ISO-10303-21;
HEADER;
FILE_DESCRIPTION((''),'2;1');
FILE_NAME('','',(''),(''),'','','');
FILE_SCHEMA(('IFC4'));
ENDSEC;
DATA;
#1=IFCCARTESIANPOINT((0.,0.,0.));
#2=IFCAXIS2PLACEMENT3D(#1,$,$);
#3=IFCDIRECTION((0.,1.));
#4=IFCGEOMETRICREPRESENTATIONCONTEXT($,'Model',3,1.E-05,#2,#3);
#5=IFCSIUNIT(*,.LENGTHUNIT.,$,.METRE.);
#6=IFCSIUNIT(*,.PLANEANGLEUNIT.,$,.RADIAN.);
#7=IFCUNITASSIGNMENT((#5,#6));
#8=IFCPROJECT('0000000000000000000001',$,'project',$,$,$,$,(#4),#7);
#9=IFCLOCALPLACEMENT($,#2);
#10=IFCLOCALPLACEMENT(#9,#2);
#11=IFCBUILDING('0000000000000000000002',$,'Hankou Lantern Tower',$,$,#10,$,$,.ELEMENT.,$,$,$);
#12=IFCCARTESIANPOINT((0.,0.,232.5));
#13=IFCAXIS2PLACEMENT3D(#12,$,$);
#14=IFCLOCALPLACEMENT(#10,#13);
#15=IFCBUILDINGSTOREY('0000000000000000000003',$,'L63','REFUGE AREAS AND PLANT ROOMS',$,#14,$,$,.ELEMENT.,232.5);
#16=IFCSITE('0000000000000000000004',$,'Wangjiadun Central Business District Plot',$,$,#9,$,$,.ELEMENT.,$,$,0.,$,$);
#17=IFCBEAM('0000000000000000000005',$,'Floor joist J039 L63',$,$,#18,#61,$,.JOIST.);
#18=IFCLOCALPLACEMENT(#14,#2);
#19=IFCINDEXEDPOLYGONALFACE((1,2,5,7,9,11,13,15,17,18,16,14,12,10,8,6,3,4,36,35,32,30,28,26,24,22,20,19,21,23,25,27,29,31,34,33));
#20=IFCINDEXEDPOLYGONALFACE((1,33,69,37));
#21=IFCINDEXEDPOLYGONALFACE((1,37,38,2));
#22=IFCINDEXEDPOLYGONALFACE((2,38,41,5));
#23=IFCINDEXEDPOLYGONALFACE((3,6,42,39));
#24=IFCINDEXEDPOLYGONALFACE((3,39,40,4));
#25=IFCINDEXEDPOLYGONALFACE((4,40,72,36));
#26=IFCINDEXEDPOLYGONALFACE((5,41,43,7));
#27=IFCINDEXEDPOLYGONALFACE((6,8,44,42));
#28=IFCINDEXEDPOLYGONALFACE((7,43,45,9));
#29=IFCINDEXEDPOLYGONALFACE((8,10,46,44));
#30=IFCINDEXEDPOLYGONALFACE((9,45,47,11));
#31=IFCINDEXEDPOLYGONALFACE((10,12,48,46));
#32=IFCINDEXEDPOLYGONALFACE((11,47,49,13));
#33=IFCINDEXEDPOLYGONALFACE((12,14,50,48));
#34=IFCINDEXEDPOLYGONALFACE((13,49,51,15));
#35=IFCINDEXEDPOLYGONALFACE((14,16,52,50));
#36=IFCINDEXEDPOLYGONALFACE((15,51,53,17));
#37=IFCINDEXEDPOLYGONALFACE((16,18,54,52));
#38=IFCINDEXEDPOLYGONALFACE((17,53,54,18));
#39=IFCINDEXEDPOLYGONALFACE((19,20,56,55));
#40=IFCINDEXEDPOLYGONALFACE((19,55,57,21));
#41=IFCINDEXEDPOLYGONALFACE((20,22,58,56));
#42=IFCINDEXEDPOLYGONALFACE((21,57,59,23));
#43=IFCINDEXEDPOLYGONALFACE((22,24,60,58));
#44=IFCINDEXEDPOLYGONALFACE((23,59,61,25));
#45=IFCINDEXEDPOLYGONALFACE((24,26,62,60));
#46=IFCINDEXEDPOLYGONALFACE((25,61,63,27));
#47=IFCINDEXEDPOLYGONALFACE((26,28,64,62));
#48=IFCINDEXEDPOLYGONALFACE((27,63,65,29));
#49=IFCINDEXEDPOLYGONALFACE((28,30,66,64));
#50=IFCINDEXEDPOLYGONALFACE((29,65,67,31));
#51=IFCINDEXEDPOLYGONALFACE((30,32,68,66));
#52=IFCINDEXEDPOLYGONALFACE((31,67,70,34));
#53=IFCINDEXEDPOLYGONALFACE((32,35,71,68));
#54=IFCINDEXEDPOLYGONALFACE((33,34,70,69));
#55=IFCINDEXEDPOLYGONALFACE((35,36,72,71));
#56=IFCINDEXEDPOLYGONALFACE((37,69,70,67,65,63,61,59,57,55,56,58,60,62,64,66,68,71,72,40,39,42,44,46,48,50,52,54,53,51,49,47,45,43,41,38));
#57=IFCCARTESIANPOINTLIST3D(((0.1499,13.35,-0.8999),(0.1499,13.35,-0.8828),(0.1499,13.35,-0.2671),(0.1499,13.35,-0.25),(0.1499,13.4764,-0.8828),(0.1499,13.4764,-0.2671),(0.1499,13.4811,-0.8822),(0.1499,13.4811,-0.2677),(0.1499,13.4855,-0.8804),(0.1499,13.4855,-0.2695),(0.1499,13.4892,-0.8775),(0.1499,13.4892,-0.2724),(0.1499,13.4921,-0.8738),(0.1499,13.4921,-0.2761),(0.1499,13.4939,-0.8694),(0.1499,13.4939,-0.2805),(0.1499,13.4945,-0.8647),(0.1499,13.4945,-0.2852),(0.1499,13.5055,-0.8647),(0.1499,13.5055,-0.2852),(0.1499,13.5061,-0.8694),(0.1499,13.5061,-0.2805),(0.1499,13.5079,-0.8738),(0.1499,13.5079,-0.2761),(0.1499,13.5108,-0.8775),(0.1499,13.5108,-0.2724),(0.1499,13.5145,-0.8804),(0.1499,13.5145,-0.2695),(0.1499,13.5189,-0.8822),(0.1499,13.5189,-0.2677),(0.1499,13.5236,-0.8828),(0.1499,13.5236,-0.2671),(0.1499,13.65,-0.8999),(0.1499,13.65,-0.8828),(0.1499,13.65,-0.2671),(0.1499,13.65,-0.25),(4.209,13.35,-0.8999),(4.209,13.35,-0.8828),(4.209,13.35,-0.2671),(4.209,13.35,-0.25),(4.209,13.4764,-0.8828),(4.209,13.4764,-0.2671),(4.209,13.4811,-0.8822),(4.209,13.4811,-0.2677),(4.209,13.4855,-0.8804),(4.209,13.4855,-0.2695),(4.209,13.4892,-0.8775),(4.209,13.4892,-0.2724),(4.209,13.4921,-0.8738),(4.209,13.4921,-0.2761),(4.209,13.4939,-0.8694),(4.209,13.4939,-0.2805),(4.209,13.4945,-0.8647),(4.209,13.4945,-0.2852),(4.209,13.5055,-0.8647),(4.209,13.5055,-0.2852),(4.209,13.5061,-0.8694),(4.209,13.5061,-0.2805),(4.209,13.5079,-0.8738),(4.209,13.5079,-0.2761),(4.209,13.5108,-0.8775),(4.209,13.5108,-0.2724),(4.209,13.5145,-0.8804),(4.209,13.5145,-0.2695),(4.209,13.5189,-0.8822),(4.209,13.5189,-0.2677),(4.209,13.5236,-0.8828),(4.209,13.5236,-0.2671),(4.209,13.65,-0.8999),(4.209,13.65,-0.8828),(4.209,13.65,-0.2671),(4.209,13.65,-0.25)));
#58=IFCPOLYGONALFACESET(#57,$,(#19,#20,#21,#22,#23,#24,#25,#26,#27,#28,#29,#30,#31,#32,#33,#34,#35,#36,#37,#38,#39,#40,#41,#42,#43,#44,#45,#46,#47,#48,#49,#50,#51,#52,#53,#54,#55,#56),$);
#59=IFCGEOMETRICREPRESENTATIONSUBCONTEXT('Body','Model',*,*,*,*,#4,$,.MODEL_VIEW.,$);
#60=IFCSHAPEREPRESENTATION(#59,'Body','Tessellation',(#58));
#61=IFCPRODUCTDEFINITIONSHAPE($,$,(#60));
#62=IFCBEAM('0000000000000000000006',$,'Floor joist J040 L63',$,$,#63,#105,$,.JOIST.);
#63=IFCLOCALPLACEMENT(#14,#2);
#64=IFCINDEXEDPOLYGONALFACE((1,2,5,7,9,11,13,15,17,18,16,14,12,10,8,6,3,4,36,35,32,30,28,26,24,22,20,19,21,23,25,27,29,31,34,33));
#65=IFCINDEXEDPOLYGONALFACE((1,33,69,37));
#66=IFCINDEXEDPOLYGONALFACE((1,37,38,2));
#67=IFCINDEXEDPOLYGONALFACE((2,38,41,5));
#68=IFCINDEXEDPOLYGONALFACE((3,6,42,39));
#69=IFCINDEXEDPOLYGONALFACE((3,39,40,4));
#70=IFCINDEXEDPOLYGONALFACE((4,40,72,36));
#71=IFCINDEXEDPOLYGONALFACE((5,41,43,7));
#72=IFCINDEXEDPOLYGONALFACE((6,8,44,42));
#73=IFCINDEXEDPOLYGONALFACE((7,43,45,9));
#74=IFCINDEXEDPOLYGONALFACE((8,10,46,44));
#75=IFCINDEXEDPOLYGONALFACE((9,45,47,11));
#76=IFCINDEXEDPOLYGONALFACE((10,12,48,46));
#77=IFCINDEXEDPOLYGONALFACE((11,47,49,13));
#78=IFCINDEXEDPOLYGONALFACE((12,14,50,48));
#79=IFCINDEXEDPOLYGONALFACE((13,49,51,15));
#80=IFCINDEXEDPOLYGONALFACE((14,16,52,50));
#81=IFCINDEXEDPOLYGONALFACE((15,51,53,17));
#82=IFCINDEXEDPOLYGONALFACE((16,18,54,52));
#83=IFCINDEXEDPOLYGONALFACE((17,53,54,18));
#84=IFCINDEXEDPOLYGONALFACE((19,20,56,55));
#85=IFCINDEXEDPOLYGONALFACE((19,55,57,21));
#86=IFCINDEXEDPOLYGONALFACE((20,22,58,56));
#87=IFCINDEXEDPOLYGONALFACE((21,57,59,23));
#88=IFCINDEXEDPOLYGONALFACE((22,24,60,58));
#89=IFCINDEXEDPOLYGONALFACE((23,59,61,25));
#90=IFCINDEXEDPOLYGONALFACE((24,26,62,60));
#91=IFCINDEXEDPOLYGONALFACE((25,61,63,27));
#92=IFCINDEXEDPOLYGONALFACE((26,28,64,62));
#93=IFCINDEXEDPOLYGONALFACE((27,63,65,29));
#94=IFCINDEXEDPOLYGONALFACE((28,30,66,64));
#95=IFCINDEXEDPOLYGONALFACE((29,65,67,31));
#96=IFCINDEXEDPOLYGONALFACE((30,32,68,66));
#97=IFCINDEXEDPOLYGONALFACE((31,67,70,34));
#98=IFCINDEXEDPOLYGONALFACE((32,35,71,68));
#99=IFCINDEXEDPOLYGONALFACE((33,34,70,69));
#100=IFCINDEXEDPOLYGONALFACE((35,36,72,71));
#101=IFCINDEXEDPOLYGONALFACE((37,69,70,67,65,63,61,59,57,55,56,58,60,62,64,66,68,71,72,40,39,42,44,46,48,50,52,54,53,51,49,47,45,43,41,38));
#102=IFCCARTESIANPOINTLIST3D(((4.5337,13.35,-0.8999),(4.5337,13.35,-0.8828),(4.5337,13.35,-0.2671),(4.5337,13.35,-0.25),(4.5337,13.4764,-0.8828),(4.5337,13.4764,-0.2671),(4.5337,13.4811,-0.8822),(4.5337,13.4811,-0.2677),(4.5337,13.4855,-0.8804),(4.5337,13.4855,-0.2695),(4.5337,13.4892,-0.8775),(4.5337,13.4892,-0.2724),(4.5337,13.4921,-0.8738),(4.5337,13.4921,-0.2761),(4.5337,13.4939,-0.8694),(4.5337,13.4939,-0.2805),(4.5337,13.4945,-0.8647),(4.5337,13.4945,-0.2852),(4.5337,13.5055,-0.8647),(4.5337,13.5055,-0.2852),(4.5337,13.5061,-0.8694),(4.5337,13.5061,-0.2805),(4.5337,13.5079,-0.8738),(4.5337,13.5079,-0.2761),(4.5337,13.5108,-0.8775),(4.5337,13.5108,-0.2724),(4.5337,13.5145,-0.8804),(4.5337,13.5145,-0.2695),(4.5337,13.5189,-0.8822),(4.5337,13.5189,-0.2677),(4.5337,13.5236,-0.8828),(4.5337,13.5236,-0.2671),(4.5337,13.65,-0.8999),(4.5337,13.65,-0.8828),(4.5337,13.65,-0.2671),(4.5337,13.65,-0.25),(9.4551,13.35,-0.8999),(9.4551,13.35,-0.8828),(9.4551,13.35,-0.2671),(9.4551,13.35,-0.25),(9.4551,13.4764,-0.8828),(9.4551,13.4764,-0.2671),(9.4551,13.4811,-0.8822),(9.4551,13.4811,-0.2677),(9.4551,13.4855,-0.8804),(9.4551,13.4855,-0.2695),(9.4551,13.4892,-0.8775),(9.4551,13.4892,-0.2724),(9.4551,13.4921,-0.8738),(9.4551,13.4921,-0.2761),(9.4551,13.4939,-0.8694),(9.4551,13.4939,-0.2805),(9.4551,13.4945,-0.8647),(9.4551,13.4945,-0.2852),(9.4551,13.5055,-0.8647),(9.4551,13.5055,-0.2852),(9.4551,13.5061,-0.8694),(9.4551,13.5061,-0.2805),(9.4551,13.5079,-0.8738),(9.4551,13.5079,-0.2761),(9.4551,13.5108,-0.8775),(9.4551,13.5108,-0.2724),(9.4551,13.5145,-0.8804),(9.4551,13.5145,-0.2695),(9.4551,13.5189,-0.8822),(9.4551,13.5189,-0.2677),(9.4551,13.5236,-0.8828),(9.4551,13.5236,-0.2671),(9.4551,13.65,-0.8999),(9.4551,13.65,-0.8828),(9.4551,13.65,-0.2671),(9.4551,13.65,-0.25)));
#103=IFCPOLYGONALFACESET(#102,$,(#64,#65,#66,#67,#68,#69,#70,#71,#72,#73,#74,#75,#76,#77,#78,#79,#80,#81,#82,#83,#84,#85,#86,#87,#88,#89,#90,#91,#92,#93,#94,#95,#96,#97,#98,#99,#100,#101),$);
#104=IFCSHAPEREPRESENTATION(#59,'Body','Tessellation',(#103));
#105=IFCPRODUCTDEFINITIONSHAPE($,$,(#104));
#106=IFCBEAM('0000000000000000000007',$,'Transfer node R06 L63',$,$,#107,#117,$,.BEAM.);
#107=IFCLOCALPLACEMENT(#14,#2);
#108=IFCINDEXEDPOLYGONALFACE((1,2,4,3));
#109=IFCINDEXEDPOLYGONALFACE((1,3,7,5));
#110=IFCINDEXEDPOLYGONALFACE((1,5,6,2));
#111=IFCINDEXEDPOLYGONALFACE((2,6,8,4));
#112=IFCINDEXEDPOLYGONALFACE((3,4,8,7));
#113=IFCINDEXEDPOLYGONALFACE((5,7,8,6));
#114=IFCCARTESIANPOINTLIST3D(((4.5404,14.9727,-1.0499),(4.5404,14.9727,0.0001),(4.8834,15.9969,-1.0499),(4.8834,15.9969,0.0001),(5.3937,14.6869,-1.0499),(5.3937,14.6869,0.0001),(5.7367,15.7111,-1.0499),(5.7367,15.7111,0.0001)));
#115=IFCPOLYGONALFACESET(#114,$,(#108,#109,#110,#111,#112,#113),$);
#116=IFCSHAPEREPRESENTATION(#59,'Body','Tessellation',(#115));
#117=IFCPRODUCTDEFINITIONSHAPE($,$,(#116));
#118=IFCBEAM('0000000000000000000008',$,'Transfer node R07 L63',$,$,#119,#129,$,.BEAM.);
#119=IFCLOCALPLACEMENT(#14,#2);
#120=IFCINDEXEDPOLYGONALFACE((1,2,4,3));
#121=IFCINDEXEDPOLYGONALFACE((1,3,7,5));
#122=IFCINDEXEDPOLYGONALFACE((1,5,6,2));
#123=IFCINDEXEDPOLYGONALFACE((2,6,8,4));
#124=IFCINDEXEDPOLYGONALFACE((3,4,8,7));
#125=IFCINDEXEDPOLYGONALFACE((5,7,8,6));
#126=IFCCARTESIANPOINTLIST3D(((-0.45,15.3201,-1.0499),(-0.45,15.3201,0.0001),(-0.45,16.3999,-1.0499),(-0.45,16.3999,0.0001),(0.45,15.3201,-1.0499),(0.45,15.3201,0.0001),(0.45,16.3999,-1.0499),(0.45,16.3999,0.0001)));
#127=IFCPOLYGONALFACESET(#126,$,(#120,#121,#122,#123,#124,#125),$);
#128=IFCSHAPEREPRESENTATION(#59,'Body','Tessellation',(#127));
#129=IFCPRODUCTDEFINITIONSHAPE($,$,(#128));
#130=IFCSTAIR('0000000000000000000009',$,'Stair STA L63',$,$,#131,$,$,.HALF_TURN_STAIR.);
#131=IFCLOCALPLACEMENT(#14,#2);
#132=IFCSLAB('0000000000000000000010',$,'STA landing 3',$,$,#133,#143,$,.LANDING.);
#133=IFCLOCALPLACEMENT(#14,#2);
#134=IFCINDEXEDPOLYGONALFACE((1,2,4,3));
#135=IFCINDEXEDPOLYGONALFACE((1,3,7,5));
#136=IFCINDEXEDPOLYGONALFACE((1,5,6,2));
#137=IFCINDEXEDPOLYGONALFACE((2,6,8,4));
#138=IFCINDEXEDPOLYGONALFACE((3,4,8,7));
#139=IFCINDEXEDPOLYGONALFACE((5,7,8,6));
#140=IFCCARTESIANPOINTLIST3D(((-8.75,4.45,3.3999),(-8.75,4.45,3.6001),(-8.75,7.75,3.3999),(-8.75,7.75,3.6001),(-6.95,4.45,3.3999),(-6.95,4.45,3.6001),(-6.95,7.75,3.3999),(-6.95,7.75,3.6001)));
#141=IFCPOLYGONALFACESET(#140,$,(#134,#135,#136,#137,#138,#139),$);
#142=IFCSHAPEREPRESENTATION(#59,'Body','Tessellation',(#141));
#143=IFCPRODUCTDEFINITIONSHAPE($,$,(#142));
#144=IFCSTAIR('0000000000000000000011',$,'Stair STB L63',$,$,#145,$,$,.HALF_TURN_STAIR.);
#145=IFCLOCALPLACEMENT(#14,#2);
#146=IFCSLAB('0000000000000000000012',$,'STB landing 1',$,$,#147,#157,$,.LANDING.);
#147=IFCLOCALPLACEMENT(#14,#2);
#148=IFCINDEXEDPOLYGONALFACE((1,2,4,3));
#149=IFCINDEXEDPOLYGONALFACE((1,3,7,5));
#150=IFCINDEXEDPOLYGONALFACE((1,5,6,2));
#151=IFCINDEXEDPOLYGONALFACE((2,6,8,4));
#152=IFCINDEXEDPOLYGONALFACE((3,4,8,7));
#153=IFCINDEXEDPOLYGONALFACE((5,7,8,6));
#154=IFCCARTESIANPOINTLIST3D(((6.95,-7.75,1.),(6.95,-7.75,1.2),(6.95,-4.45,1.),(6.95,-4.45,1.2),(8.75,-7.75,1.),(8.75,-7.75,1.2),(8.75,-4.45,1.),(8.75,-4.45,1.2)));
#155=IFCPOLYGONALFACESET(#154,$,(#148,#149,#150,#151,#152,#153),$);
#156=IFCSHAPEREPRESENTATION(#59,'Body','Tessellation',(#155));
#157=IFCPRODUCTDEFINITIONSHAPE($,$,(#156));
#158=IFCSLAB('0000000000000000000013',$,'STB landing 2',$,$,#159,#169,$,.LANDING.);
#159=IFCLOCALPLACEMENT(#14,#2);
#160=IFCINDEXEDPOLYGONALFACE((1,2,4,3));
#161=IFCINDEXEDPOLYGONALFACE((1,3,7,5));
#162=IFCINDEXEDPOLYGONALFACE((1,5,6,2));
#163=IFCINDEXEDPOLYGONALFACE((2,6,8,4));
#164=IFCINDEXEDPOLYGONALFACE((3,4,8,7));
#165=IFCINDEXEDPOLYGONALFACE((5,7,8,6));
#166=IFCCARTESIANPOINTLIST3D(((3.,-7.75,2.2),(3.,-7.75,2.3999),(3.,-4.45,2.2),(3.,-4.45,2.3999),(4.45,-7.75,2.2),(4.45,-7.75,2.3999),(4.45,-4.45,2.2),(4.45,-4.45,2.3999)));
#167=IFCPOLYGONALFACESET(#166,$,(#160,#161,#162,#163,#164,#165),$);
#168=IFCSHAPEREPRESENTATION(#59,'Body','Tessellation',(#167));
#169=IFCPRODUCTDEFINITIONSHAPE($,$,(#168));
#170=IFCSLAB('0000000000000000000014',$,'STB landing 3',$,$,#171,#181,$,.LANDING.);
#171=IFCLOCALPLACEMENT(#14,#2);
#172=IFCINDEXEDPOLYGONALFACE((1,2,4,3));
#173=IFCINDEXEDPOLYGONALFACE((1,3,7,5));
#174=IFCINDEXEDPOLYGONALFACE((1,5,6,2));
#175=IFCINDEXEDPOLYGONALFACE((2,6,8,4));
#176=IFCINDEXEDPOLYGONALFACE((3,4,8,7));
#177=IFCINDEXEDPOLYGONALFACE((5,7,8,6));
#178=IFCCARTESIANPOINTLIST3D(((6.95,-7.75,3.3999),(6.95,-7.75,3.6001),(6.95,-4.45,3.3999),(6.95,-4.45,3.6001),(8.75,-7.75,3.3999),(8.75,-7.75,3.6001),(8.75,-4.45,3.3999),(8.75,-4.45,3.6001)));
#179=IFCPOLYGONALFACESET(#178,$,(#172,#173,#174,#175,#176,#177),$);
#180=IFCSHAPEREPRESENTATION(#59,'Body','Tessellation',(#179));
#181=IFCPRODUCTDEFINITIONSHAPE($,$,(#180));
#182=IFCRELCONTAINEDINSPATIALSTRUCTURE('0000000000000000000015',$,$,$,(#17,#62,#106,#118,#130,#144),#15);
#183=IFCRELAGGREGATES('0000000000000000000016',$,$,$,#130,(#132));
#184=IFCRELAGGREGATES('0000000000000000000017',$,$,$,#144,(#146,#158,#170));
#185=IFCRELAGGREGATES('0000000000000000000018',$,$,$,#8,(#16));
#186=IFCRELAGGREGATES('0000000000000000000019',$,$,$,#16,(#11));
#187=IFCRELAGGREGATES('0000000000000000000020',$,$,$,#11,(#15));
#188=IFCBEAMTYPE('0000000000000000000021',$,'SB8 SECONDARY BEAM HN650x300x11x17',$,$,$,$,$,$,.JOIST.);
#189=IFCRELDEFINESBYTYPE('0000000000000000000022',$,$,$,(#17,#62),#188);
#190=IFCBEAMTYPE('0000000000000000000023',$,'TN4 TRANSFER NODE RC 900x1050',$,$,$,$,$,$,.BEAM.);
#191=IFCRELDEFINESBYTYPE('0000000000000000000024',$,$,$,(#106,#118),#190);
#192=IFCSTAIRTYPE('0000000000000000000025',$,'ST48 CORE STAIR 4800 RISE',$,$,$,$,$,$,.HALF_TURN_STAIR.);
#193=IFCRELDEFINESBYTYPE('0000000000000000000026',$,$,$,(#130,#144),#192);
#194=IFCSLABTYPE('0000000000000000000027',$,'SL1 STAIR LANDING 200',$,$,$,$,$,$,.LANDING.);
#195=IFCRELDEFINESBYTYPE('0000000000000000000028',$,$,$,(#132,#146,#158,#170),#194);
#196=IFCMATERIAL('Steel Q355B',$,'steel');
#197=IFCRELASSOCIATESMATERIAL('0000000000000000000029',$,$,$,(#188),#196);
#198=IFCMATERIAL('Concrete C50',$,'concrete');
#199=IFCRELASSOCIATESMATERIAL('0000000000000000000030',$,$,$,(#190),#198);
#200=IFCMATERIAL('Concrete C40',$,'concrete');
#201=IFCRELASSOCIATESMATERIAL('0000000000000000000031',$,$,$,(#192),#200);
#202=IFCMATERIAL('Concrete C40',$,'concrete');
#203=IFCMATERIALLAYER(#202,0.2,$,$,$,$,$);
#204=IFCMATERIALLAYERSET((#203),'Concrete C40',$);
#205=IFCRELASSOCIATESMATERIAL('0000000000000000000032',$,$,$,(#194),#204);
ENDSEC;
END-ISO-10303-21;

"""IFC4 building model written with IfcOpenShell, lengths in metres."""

from ifc_helpers import new_model, si_unit, direction, frame, origin, origin_2d, place, context, subcontext, project, spatial, polyline, rectangle, i_section, outline, extrude, material, layer, layer_set, material_profile, profile_set, type_object, element, aggregate, save


model = new_model("IFC4")

# Units and contexts
model_context = context("Model", 3, precision=1e-05, world=origin(), true_north=direction((0.0, 1.0)))
body_context = subcontext(model_context, "Body", "Model", "MODEL_VIEW")
ifc_project = project(units=[si_unit("LENGTHUNIT", "METRE"), si_unit("PLANEANGLEUNIT", "RADIAN")], contexts=[model_context])

# Site, building, storey
site_placement = place(None, origin())
site = spatial("IfcSite", under=ifc_project, at=site_placement, Name="Wangjiadun Central Business District Plot", CompositionType="ELEMENT", RefElevation=0.0)
building_placement = place(site_placement, origin())
building = spatial("IfcBuilding", under=site, at=building_placement, Name="Hankou Lantern Tower", CompositionType="ELEMENT")
storey_placement = place(building_placement, frame((0.0, 0.0, 232.5)))
storey = spatial("IfcBuildingStorey", under=building, at=storey_placement, Name="L63", Description="REFUGE AREAS AND PLANT ROOMS", CompositionType="ELEMENT", Elevation=232.5)

# Beams
ifc_material_1 = material(Name="Steel Q355B", Category="steel")
ifc_material_profile_1 = material_profile(ifc_material_1, i_section(OverallWidth=0.3, OverallDepth=0.6499, WebThickness=0.011, FlangeThickness=0.0171, FilletRadius=0.0181, at=origin_2d()), Name="HN650x300x11x17")
ifc_profile_set_1 = profile_set([ifc_material_profile_1], Name="Steel Q355B")
beam_type_1 = type_object("IfcBeamType", Name="SB8 SECONDARY BEAM HN650x300x11x17", PredefinedType="JOIST", material=ifc_profile_set_1)
beam_1_placement = place(storey_placement, frame((0.1499, 13.5, -0.575), z_axis=(1.0, 0.0, 0.0), x_axis=(0.0, 1.0, 0.0)))
element("IfcBeam", 1, at=beam_1_placement, inside=storey, type_object=beam_type_1, Name="Floor joist J039 L63", PredefinedType="JOIST", context=body_context, shape_type="SweptSolid", body=[
    extrude(i_section(OverallWidth=0.3, OverallDepth=0.6499, WebThickness=0.011, FlangeThickness=0.0171, FilletRadius=0.0181, at=origin_2d()), origin(), (0.0, 0.0, 1.0), 4.0591),
])
beam_2_placement = place(storey_placement, frame((4.5337, 13.5, -0.575), z_axis=(1.0, 0.0, 0.0), x_axis=(0.0, 1.0, 0.0)))
element("IfcBeam", 2, at=beam_2_placement, inside=storey, type_object=beam_type_1, Name="Floor joist J040 L63", PredefinedType="JOIST", context=body_context, shape_type="SweptSolid", body=[
    extrude(i_section(OverallWidth=0.3, OverallDepth=0.6499, WebThickness=0.011, FlangeThickness=0.0171, FilletRadius=0.0181, at=origin_2d()), origin(), (0.0, 0.0, 1.0), 4.9214),
])
ifc_material_2 = material(Name="Concrete C50", Category="concrete")
ifc_material_profile_2 = material_profile(ifc_material_2, rectangle(XDim=0.8999, YDim=1.05, at=origin_2d()), Name="RC 900x1050")
ifc_profile_set_2 = profile_set([ifc_material_profile_2], Name="Concrete C50")
beam_type_2 = type_object("IfcBeamType", Name="TN4 TRANSFER NODE RC 900x1050", PredefinedType="BEAM", material=ifc_profile_set_2)
beam_3_placement = place(storey_placement, frame((5.3101, 15.854, -0.5249), z_axis=(-0.317584, -0.94823, 0.0), x_axis=(0.94823, -0.317584, 0.0)))
element("IfcBeam", 3, at=beam_3_placement, inside=storey, type_object=beam_type_2, Name="Transfer node R06 L63", PredefinedType="BEAM", context=body_context, shape_type="SweptSolid", body=[
    extrude(rectangle(XDim=0.8999, YDim=1.05, at=origin_2d()), origin(), (0.0, 0.0, 1.0), 1.0801),
])
beam_4_placement = place(storey_placement, frame((0.0, 16.3999, -0.5249), z_axis=(0.0, -1.0, 0.0), x_axis=(1.0, 0.0, 0.0)))
element("IfcBeam", 4, at=beam_4_placement, inside=storey, type_object=beam_type_2, Name="Transfer node R07 L63", PredefinedType="BEAM", context=body_context, shape_type="SweptSolid", body=[
    extrude(rectangle(XDim=0.8999, YDim=1.05, at=origin_2d()), origin(), (0.0, 0.0, 1.0), 1.0798),
])

# Stair, slab
ifc_material_3 = material(Name="Concrete C40", Category="concrete")
stair_type = type_object("IfcStairType", Name="ST48 CORE STAIR 4800 RISE", PredefinedType="HALF_TURN_STAIR", material=ifc_material_3)
stair_1_placement = place(storey_placement, origin())
stair_1 = element("IfcStair", 5, at=stair_1_placement, inside=storey, type_object=stair_type, Name="Stair STA L63", PredefinedType="HALF_TURN_STAIR")
ifc_material_4 = material(Name="Concrete C40", Category="concrete")
ifc_layer_1 = layer(ifc_material_4, 0.2)
ifc_layer_set_1 = layer_set([ifc_layer_1], Name="Concrete C40")
slab_type = type_object("IfcSlabType", Name="SL1 STAIR LANDING 200", PredefinedType="LANDING", material=ifc_layer_set_1)
slab_1_placement = place(storey_placement, frame((0.0, 0.0, 3.3999)))
slab_1 = element("IfcSlab", 6, at=slab_1_placement, type_object=slab_type, Name="STA landing 3", PredefinedType="LANDING", context=body_context, shape_type="SweptSolid", body=[
    extrude(outline(polyline([(-8.75, 4.45), (-6.95, 4.45), (-6.95, 7.75), (-8.75, 7.75), (-8.75, 4.45)])), origin(), (0.0, 0.0, 1.0), 0.2002),
])
aggregate(stair_1, [slab_1])

# Stair, slabs
stair_2_placement = place(storey_placement, origin())
stair_2 = element("IfcStair", 7, at=stair_2_placement, inside=storey, type_object=stair_type, Name="Stair STB L63", PredefinedType="HALF_TURN_STAIR")
slab_2_placement = place(storey_placement, frame((0.0, 0.0, 1.0)))
slab_2 = element("IfcSlab", 8, at=slab_2_placement, type_object=slab_type, Name="STB landing 1", PredefinedType="LANDING", context=body_context, shape_type="SweptSolid", body=[
    extrude(outline(polyline([(8.75, -4.45), (6.95, -4.45), (6.95, -7.75), (8.75, -7.75), (8.75, -4.45)])), origin(), (0.0, 0.0, 1.0), 0.2),
])
slab_3_placement = place(storey_placement, frame((0.0, 0.0, 2.2)))
slab_3 = element("IfcSlab", 9, at=slab_3_placement, type_object=slab_type, Name="STB landing 2", PredefinedType="LANDING", context=body_context, shape_type="SweptSolid", body=[
    extrude(outline(polyline([(4.45, -4.45), (3.0, -4.45), (3.0, -7.75), (4.45, -7.75), (4.45, -4.45)])), origin(), (0.0, 0.0, 1.0), 0.2),
])
slab_4_placement = place(storey_placement, frame((0.0, 0.0, 3.3999)))
slab_4 = element("IfcSlab", 10, at=slab_4_placement, type_object=slab_type, Name="STB landing 3", PredefinedType="LANDING", context=body_context, shape_type="SweptSolid", body=[
    extrude(outline(polyline([(8.75, -4.45), (6.95, -4.45), (6.95, -7.75), (8.75, -7.75), (8.75, -4.45)])), origin(), (0.0, 0.0, 1.0), 0.2002),
])
aggregate(stair_2, [slab_2, slab_3, slab_4])

save(model, "model.ifc")
